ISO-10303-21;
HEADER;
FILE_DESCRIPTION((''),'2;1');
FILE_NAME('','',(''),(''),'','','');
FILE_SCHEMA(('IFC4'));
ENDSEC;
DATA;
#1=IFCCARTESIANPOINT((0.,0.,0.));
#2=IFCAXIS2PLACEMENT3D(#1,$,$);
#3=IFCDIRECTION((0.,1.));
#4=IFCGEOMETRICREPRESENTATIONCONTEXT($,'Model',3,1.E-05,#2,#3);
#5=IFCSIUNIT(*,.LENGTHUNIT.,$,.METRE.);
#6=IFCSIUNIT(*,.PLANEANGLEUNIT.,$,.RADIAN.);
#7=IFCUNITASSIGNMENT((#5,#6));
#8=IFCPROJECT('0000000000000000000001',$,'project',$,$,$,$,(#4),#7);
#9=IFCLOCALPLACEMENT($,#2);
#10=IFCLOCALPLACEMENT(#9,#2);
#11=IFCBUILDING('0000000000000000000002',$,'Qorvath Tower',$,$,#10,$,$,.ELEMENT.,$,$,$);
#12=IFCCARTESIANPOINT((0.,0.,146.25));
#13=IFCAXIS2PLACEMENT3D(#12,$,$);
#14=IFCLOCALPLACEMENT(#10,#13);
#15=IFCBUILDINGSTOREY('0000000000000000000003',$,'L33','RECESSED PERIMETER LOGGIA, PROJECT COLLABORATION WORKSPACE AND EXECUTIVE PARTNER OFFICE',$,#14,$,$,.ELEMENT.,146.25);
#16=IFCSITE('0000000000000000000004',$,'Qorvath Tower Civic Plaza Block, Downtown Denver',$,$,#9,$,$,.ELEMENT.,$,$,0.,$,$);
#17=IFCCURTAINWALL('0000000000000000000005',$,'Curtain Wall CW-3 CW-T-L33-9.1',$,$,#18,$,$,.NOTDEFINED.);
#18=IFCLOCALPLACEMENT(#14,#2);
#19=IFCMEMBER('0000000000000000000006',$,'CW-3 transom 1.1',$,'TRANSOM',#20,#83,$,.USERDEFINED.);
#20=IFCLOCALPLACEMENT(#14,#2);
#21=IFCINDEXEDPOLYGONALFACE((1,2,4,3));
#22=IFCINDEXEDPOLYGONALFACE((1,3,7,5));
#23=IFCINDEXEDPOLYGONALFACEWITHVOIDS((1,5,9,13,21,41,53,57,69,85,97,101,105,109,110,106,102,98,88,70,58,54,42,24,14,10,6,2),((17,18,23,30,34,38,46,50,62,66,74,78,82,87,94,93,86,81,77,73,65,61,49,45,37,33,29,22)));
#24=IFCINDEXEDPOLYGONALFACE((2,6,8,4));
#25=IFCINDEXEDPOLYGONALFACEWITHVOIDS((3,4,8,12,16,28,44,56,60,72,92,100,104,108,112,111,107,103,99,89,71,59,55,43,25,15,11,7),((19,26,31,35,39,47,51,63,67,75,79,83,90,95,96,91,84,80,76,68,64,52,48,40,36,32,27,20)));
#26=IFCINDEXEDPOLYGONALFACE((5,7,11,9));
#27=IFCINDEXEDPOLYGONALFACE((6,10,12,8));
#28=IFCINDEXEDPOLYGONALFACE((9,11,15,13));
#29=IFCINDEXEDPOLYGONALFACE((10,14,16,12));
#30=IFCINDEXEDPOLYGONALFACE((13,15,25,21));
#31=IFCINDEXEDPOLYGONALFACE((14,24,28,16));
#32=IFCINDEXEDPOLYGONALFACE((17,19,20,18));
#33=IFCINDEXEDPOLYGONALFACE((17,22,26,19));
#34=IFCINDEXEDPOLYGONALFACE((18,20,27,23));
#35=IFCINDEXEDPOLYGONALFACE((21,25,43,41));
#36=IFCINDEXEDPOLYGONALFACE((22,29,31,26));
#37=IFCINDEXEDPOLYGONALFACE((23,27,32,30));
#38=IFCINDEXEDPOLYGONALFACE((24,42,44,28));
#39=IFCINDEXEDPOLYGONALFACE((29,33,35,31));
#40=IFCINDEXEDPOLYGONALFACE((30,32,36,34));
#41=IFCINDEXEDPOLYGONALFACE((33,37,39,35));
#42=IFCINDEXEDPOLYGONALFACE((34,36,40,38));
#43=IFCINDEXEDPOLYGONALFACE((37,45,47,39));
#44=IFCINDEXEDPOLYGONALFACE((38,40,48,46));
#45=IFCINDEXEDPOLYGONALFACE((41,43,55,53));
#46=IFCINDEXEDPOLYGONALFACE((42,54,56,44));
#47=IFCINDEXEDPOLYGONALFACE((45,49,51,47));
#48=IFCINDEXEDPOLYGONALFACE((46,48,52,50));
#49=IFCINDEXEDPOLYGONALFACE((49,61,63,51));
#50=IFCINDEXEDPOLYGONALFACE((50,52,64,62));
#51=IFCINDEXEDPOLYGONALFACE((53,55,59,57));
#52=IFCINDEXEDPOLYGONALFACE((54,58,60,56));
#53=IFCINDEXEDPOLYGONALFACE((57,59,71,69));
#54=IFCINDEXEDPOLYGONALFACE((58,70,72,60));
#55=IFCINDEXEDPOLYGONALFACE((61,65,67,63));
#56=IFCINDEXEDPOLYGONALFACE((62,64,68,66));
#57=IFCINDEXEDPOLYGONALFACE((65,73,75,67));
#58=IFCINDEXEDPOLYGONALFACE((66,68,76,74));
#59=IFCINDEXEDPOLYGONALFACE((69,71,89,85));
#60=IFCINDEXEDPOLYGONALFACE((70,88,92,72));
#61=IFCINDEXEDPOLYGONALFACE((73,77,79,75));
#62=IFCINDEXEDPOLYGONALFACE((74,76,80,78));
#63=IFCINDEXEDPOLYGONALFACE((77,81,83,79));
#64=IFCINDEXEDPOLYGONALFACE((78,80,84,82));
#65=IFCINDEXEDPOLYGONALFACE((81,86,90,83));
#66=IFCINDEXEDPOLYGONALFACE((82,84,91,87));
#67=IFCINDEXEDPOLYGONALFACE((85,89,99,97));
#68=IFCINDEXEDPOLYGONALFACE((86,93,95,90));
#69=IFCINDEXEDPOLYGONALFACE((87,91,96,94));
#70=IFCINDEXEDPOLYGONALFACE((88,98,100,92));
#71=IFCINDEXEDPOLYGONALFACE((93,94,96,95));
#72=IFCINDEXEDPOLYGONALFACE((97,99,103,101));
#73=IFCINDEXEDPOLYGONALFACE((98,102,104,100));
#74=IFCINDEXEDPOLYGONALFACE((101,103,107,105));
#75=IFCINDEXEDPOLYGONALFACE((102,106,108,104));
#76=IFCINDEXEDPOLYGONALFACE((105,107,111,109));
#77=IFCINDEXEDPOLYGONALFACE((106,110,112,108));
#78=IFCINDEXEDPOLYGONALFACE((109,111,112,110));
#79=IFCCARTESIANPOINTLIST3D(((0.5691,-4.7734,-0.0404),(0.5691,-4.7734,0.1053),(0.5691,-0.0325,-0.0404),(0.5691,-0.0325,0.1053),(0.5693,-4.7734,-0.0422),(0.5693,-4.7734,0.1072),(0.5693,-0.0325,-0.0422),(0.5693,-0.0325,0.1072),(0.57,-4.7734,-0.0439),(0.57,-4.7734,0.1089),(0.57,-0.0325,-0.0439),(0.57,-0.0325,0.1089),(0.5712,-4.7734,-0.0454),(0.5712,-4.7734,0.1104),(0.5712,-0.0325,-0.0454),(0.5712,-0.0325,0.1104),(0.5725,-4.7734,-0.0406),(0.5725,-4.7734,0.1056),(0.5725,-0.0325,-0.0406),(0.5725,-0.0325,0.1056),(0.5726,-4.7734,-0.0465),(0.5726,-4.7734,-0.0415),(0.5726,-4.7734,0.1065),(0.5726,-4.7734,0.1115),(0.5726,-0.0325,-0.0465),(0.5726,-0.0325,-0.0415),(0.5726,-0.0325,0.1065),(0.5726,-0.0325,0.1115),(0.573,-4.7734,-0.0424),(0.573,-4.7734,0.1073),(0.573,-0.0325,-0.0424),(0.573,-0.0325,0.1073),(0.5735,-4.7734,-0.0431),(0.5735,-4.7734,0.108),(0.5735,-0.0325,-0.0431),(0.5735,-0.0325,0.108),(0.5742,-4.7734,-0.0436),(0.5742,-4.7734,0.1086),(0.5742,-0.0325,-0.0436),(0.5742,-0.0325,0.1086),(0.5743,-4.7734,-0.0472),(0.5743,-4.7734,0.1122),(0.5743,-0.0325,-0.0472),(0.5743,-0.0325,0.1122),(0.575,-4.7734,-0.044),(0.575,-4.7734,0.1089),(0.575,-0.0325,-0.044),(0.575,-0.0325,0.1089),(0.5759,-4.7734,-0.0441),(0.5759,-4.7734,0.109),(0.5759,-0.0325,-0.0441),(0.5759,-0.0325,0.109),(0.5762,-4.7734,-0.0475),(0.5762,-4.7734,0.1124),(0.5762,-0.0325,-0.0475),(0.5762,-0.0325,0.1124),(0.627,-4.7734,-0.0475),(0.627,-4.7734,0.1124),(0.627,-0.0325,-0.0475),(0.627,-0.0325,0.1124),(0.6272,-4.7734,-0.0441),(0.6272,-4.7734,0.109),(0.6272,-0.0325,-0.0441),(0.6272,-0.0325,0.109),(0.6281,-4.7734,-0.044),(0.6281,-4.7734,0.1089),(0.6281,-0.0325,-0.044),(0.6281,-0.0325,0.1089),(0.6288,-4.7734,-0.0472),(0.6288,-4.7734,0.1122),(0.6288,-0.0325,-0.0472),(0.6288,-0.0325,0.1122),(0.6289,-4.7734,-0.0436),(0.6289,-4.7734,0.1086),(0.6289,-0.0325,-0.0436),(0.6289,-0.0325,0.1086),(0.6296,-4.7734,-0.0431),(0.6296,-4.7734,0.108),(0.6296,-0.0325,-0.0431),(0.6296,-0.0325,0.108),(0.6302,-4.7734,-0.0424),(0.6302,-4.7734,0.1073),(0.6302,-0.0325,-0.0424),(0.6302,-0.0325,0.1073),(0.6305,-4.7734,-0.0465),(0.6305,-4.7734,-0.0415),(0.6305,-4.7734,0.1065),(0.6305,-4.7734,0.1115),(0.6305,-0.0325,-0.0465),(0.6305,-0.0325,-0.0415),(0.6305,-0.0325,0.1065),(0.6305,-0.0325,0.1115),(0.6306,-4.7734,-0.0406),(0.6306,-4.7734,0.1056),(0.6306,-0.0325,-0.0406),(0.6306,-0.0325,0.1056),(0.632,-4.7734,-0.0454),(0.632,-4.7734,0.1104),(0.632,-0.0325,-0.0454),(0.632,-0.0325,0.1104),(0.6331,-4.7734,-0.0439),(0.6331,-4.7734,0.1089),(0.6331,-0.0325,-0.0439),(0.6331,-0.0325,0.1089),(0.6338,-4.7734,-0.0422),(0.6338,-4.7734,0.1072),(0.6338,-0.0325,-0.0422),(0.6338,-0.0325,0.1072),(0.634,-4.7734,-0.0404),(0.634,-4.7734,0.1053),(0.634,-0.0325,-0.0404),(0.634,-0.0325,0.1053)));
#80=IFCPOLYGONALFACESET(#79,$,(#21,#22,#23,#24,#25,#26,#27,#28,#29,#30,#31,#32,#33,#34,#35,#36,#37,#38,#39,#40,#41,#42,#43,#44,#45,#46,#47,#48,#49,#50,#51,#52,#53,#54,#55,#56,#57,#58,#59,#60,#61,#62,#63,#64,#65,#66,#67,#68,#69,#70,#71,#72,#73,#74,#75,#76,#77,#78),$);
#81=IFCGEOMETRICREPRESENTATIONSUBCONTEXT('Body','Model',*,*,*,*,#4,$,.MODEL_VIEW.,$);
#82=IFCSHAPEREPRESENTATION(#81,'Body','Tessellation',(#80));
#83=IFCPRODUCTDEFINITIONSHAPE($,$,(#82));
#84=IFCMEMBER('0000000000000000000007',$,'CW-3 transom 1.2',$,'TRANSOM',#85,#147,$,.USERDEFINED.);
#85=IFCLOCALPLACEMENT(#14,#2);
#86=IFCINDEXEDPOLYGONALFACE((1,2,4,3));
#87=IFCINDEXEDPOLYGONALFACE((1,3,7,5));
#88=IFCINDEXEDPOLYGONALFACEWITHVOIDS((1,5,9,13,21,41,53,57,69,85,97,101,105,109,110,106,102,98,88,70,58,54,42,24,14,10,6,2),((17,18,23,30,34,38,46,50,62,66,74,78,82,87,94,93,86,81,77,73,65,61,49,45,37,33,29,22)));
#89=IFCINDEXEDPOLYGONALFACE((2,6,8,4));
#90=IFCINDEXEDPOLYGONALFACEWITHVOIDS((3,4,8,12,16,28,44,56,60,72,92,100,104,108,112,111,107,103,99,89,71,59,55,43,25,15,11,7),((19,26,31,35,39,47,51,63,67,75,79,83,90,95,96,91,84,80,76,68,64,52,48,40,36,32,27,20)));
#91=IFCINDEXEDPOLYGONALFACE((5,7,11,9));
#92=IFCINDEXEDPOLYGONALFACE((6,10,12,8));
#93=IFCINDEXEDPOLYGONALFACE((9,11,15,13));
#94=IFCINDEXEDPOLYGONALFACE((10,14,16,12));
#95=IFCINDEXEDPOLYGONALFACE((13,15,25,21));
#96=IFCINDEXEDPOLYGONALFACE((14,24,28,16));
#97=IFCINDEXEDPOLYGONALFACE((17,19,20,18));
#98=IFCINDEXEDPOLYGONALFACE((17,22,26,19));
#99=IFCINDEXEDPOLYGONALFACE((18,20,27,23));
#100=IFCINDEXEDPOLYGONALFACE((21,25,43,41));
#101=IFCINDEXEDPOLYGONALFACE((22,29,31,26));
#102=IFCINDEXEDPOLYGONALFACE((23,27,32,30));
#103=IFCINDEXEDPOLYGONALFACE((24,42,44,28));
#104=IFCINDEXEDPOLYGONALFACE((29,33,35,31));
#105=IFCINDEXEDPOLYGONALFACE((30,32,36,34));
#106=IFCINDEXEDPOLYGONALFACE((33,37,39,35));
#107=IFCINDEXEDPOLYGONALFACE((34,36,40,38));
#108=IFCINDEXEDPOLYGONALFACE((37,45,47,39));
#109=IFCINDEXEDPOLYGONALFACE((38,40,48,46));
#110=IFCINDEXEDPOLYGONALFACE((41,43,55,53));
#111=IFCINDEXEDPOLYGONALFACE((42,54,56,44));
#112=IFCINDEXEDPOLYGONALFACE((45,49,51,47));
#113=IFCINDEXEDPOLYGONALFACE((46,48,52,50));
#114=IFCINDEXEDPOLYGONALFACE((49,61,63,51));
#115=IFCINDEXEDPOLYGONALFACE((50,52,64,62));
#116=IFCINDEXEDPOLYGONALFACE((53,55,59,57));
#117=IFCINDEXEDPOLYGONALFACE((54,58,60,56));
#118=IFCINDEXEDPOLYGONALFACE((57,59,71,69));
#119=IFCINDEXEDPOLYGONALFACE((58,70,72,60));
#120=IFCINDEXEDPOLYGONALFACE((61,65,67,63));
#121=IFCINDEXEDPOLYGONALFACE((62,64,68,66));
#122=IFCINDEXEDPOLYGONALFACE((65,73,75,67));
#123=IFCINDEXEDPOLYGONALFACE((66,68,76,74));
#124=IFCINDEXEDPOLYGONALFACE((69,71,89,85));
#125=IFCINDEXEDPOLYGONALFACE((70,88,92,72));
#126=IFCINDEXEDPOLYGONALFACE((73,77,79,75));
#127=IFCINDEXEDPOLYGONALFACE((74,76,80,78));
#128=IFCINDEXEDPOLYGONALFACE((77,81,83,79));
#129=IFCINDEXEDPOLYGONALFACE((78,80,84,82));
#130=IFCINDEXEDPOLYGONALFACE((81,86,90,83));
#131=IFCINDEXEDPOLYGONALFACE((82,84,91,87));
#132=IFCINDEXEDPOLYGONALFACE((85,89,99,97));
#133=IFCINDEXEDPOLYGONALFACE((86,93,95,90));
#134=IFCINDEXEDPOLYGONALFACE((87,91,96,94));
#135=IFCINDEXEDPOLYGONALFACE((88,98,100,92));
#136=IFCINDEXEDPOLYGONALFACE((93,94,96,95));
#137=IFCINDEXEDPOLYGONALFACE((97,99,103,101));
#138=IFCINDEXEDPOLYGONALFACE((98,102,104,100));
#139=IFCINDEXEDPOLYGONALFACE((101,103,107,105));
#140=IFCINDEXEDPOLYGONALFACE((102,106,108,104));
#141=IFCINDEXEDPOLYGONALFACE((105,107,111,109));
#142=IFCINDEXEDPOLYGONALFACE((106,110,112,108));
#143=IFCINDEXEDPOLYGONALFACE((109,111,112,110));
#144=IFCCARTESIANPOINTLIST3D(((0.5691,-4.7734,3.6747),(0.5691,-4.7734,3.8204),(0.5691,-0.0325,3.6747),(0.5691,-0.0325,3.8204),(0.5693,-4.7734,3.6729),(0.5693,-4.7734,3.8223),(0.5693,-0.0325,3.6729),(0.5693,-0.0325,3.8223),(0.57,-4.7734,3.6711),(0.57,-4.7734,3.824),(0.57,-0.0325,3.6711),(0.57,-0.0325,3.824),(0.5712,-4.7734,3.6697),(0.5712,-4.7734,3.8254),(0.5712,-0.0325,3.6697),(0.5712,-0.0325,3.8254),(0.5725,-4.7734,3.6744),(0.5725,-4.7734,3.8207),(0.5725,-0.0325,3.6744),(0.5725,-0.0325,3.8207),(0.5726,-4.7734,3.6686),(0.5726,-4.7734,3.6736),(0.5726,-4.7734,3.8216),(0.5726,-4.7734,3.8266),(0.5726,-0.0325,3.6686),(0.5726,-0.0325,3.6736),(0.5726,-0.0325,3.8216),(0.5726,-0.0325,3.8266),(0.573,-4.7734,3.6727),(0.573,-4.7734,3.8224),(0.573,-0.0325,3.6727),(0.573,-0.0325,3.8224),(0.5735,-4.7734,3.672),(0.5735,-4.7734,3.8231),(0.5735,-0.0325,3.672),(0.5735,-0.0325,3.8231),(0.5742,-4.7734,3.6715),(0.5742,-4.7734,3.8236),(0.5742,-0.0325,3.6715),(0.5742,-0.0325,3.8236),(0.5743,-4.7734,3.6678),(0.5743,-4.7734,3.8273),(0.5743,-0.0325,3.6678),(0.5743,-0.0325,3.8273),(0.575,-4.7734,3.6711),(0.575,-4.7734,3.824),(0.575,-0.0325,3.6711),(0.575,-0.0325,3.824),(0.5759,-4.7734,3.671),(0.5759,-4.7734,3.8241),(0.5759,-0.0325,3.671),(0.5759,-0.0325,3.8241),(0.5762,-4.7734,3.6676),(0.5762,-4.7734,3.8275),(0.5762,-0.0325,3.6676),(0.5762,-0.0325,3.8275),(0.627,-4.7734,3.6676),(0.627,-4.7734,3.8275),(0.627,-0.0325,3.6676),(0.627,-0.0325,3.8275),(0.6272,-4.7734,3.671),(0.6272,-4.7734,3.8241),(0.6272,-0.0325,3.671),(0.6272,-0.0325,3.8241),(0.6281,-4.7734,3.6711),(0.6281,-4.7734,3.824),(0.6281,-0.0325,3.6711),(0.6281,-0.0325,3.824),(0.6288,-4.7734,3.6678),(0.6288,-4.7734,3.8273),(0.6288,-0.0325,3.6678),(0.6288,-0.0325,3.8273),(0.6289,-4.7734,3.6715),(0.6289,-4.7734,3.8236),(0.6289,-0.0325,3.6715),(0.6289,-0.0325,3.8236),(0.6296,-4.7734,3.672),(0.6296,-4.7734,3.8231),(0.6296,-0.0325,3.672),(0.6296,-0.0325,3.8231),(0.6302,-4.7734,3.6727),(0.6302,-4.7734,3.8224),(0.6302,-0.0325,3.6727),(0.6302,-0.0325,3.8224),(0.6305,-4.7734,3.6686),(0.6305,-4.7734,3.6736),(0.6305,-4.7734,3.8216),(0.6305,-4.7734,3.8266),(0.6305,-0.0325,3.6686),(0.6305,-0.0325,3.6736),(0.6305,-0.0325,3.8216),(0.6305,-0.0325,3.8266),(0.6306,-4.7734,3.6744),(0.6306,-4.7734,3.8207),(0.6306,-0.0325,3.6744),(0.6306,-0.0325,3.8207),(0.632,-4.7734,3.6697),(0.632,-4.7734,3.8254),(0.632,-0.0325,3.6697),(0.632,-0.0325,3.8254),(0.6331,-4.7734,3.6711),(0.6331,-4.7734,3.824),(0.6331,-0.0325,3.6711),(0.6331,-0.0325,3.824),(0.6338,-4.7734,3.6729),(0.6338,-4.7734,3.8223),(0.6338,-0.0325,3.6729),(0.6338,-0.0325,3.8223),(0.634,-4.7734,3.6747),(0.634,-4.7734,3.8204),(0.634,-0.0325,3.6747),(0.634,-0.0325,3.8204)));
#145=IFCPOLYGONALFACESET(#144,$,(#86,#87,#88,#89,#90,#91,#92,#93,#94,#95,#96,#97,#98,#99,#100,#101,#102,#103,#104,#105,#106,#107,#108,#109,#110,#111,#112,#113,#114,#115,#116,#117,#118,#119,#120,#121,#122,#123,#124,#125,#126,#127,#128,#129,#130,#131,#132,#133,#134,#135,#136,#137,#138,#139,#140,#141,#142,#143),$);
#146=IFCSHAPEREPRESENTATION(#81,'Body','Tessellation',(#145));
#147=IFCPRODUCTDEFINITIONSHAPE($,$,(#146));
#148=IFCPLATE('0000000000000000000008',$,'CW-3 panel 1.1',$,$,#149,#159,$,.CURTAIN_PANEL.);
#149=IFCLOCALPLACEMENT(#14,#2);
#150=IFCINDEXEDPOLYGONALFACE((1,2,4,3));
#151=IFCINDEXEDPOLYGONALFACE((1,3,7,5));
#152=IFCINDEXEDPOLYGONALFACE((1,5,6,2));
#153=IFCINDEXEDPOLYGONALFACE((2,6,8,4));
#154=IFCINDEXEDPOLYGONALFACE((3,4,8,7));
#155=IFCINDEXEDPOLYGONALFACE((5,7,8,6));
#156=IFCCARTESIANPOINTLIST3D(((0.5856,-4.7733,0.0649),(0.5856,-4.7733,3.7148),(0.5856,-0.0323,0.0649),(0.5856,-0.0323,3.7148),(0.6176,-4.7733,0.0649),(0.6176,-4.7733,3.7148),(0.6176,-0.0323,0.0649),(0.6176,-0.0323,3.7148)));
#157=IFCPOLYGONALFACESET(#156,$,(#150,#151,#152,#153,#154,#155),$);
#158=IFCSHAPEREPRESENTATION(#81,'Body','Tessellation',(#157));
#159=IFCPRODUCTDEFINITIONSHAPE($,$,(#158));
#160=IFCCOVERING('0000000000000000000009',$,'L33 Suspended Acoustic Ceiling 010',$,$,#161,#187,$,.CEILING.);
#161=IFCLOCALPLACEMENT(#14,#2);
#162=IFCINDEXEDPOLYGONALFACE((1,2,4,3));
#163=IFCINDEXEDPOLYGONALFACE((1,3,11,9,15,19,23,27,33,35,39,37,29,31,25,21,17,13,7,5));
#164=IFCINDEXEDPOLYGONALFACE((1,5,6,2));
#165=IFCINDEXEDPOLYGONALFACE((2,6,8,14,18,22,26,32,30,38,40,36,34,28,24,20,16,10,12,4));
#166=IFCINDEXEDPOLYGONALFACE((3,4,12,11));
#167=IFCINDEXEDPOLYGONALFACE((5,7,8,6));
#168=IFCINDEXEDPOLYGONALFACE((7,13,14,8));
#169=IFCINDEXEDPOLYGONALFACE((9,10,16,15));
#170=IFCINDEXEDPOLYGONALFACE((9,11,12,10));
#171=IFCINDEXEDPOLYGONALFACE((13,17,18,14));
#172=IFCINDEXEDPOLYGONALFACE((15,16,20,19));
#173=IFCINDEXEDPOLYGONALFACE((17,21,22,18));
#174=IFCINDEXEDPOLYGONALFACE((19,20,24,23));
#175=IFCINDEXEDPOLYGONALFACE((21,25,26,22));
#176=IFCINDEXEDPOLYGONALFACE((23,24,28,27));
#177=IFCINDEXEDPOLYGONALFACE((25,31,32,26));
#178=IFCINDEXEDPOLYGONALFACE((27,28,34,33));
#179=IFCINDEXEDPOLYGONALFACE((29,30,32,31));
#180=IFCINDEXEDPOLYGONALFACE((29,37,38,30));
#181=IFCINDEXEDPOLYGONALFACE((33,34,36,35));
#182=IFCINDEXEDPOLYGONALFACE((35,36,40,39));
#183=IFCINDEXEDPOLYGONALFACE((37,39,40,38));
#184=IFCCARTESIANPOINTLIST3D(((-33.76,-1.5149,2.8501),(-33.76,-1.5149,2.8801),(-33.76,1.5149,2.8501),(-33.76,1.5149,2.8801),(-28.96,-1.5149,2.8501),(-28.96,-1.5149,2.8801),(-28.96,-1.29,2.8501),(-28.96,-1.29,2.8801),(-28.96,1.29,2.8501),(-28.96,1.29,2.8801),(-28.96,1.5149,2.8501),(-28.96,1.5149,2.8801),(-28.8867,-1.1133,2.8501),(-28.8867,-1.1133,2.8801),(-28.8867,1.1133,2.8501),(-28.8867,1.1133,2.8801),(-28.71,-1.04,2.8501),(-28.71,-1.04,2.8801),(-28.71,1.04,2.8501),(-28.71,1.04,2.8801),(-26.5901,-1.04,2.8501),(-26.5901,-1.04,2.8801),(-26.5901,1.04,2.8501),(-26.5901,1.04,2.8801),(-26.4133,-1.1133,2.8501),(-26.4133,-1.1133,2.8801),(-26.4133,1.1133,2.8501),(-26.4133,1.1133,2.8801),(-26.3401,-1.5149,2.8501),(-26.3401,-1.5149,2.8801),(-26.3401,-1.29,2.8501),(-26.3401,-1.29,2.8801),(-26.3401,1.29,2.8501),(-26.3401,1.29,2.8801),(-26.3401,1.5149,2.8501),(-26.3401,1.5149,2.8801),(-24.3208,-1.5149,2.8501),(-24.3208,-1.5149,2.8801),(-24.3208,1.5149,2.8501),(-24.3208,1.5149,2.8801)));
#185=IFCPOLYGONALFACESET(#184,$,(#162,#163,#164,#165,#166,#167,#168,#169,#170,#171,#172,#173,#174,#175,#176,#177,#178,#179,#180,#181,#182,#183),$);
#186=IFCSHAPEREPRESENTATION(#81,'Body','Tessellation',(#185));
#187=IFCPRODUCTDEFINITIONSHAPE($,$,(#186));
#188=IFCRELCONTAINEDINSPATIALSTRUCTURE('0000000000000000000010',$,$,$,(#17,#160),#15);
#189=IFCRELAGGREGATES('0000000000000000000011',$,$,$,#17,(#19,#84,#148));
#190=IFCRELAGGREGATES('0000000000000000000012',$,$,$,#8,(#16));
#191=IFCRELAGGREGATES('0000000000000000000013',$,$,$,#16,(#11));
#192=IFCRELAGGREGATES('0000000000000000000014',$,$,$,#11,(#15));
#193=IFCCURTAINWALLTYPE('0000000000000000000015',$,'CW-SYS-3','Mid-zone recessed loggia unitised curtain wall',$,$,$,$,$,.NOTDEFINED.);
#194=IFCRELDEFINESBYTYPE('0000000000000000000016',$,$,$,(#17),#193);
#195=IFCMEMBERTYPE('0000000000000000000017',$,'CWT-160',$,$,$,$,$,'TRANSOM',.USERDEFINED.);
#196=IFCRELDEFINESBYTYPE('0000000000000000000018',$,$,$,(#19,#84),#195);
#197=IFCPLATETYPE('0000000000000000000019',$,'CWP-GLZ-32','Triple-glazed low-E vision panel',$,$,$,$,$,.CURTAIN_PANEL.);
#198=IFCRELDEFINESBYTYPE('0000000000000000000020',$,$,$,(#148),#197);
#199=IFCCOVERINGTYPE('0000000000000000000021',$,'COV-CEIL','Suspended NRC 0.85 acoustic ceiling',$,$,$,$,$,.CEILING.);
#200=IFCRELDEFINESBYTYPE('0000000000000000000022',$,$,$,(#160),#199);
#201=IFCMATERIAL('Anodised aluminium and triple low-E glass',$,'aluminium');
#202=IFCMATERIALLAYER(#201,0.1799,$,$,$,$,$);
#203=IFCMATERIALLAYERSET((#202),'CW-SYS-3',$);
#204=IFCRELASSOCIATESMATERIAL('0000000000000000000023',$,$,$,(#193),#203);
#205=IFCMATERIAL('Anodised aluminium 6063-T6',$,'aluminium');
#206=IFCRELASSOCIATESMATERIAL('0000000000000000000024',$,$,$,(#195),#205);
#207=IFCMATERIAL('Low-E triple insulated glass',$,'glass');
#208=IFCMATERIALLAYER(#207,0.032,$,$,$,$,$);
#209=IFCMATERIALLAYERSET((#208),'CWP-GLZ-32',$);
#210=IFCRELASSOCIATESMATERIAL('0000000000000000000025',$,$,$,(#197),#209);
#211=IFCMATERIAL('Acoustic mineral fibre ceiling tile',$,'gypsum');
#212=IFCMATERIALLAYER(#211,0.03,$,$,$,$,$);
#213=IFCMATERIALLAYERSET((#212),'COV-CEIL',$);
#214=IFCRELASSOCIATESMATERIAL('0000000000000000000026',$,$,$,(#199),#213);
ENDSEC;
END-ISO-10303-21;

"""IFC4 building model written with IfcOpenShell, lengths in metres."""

from ifc_helpers import new_model, si_unit, direction, frame, origin, origin_2d, place, context, subcontext, project, spatial, polyline, rectangle, hollow_rectangle, outline, extrude, material, layer, layer_set, material_profile, profile_set, type_object, element, aggregate, save


model = new_model("IFC4")

# Units and contexts
model_context = context("Model", 3, precision=1e-05, world=origin(), true_north=direction((0.0, 1.0)))
body_context = subcontext(model_context, "Body", "Model", "MODEL_VIEW")
ifc_project = project(units=[si_unit("LENGTHUNIT", "METRE"), si_unit("PLANEANGLEUNIT", "RADIAN")], contexts=[model_context])

# Site, building, storey
site_placement = place(None, origin())
site = spatial("IfcSite", under=ifc_project, at=site_placement, Name="Qorvath Tower Civic Plaza Block, Downtown Denver", CompositionType="ELEMENT", RefElevation=0.0)
building_placement = place(site_placement, origin())
building = spatial("IfcBuilding", under=site, at=building_placement, Name="Qorvath Tower", CompositionType="ELEMENT")
storey_placement = place(building_placement, frame((0.0, 0.0, 146.25)))
storey = spatial("IfcBuildingStorey", under=building, at=storey_placement, Name="L33", Description="RECESSED PERIMETER LOGGIA, PROJECT COLLABORATION WORKSPACE AND EXECUTIVE PARTNER OFFICE", CompositionType="ELEMENT", Elevation=146.25)

# Curtain wall, members, plate
ifc_material_1 = material(Name="Anodised aluminium and triple low-E glass", Category="aluminium")
ifc_layer_1 = layer(ifc_material_1, 0.1799)
ifc_layer_set_1 = layer_set([ifc_layer_1], Name="CW-SYS-3")
curtain_wall_type = type_object("IfcCurtainWallType", Name="CW-SYS-3", Description="Mid-zone recessed loggia unitised curtain wall", PredefinedType="NOTDEFINED", material=ifc_layer_set_1)
curtain_wall_placement = place(storey_placement, origin())
curtain_wall = element("IfcCurtainWall", 1, at=curtain_wall_placement, inside=storey, type_object=curtain_wall_type, Name="Curtain Wall CW-3 CW-T-L33-9.1", PredefinedType="NOTDEFINED")
ifc_material_2 = material(Name="Anodised aluminium 6063-T6", Category="aluminium")
ifc_material_profile = material_profile(ifc_material_2, hollow_rectangle(XDim=0.0649, YDim=0.1599, WallThickness=0.0034, InnerFilletRadius=0.0034, OuterFilletRadius=0.0071, at=origin_2d()), Name="CWT 160x65")
ifc_profile_set = profile_set([ifc_material_profile], Name="Anodised aluminium 6063-T6")
member_type = type_object("IfcMemberType", Name="CWT-160", ElementType="TRANSOM", PredefinedType="USERDEFINED", material=ifc_profile_set)
member_1_placement = place(storey_placement, frame((0.6016, -4.7734, 0.0325), z_axis=(0.0, 1.0, 0.0), x_axis=(-1.0, 0.0, 0.0)))
member_1 = element("IfcMember", 2, at=member_1_placement, type_object=member_type, Name="CW-3 transom 1.1", ObjectType="TRANSOM", PredefinedType="USERDEFINED", context=body_context, shape_type="SweptSolid", body=[
    extrude(hollow_rectangle(XDim=0.0649, YDim=0.1599, WallThickness=0.0034, InnerFilletRadius=0.0034, OuterFilletRadius=0.0071, at=origin_2d()), origin(), (0.0, 0.0, 1.0), 4.741),
])
member_2_placement = place(storey_placement, frame((0.6016, -4.7734, 3.7476), z_axis=(0.0, 1.0, 0.0), x_axis=(-1.0, 0.0, 0.0)))
member_2 = element("IfcMember", 3, at=member_2_placement, type_object=member_type, Name="CW-3 transom 1.2", ObjectType="TRANSOM", PredefinedType="USERDEFINED", context=body_context, shape_type="SweptSolid", body=[
    extrude(hollow_rectangle(XDim=0.0649, YDim=0.1599, WallThickness=0.0034, InnerFilletRadius=0.0034, OuterFilletRadius=0.0071, at=origin_2d()), origin(), (0.0, 0.0, 1.0), 4.741),
])
ifc_material_3 = material(Name="Low-E triple insulated glass", Category="glass")
ifc_layer_2 = layer(ifc_material_3, 0.032)
ifc_layer_set_2 = layer_set([ifc_layer_2], Name="CWP-GLZ-32")
plate_type = type_object("IfcPlateType", Name="CWP-GLZ-32", Description="Triple-glazed low-E vision panel", PredefinedType="CURTAIN_PANEL", material=ifc_layer_set_2)
plate_placement = place(storey_placement, frame((0.6016, -2.4028, 0.0649), z_axis=(0.0, 0.0, 1.0), x_axis=(0.0, 1.0, 0.0)))
plate = element("IfcPlate", 4, at=plate_placement, type_object=plate_type, Name="CW-3 panel 1.1", PredefinedType="CURTAIN_PANEL", context=body_context, shape_type="SweptSolid", body=[
    extrude(rectangle(XDim=4.741, YDim=0.032, at=origin_2d()), origin(), (0.0, 0.0, 1.0), 3.6499),
])
aggregate(curtain_wall, [member_1, member_2, plate])

# Covering
ifc_material_4 = material(Name="Acoustic mineral fibre ceiling tile", Category="gypsum")
ifc_layer_3 = layer(ifc_material_4, 0.03)
ifc_layer_set_3 = layer_set([ifc_layer_3], Name="COV-CEIL")
covering_type_1 = type_object("IfcCoveringType", Name="COV-CEIL", Description="Suspended NRC 0.85 acoustic ceiling", PredefinedType="CEILING", material=ifc_layer_set_3)
covering_1_placement = place(storey_placement, frame((0.0, 0.0, 2.8501)))
element("IfcCovering", 5, at=covering_1_placement, inside=storey, type_object=covering_type_1, Name="L33 Suspended Acoustic Ceiling 010", PredefinedType="CEILING", context=body_context, shape_type="SweptSolid", body=[
    extrude(outline(polyline([(-24.3208, -1.5149), (-24.3208, 1.5149), (-26.3401, 1.5149), (-26.3401, 1.29), (-26.4133, 1.1133), (-26.5901, 1.04), (-28.71, 1.04), (-28.8867, 1.1133), (-28.96, 1.29), (-28.96, 1.5149), (-33.76, 1.5149), (-33.76, -1.5149), (-28.96, -1.5149), (-28.96, -1.29), (-28.8867, -1.1133), (-28.71, -1.04), (-26.5901, -1.04), (-26.4133, -1.1133), (-26.3401, -1.29), (-26.3401, -1.5149), (-24.3208, -1.5149)])), origin(), (0.0, 0.0, 1.0), 0.03),
])

save(model, "model.ifc")
